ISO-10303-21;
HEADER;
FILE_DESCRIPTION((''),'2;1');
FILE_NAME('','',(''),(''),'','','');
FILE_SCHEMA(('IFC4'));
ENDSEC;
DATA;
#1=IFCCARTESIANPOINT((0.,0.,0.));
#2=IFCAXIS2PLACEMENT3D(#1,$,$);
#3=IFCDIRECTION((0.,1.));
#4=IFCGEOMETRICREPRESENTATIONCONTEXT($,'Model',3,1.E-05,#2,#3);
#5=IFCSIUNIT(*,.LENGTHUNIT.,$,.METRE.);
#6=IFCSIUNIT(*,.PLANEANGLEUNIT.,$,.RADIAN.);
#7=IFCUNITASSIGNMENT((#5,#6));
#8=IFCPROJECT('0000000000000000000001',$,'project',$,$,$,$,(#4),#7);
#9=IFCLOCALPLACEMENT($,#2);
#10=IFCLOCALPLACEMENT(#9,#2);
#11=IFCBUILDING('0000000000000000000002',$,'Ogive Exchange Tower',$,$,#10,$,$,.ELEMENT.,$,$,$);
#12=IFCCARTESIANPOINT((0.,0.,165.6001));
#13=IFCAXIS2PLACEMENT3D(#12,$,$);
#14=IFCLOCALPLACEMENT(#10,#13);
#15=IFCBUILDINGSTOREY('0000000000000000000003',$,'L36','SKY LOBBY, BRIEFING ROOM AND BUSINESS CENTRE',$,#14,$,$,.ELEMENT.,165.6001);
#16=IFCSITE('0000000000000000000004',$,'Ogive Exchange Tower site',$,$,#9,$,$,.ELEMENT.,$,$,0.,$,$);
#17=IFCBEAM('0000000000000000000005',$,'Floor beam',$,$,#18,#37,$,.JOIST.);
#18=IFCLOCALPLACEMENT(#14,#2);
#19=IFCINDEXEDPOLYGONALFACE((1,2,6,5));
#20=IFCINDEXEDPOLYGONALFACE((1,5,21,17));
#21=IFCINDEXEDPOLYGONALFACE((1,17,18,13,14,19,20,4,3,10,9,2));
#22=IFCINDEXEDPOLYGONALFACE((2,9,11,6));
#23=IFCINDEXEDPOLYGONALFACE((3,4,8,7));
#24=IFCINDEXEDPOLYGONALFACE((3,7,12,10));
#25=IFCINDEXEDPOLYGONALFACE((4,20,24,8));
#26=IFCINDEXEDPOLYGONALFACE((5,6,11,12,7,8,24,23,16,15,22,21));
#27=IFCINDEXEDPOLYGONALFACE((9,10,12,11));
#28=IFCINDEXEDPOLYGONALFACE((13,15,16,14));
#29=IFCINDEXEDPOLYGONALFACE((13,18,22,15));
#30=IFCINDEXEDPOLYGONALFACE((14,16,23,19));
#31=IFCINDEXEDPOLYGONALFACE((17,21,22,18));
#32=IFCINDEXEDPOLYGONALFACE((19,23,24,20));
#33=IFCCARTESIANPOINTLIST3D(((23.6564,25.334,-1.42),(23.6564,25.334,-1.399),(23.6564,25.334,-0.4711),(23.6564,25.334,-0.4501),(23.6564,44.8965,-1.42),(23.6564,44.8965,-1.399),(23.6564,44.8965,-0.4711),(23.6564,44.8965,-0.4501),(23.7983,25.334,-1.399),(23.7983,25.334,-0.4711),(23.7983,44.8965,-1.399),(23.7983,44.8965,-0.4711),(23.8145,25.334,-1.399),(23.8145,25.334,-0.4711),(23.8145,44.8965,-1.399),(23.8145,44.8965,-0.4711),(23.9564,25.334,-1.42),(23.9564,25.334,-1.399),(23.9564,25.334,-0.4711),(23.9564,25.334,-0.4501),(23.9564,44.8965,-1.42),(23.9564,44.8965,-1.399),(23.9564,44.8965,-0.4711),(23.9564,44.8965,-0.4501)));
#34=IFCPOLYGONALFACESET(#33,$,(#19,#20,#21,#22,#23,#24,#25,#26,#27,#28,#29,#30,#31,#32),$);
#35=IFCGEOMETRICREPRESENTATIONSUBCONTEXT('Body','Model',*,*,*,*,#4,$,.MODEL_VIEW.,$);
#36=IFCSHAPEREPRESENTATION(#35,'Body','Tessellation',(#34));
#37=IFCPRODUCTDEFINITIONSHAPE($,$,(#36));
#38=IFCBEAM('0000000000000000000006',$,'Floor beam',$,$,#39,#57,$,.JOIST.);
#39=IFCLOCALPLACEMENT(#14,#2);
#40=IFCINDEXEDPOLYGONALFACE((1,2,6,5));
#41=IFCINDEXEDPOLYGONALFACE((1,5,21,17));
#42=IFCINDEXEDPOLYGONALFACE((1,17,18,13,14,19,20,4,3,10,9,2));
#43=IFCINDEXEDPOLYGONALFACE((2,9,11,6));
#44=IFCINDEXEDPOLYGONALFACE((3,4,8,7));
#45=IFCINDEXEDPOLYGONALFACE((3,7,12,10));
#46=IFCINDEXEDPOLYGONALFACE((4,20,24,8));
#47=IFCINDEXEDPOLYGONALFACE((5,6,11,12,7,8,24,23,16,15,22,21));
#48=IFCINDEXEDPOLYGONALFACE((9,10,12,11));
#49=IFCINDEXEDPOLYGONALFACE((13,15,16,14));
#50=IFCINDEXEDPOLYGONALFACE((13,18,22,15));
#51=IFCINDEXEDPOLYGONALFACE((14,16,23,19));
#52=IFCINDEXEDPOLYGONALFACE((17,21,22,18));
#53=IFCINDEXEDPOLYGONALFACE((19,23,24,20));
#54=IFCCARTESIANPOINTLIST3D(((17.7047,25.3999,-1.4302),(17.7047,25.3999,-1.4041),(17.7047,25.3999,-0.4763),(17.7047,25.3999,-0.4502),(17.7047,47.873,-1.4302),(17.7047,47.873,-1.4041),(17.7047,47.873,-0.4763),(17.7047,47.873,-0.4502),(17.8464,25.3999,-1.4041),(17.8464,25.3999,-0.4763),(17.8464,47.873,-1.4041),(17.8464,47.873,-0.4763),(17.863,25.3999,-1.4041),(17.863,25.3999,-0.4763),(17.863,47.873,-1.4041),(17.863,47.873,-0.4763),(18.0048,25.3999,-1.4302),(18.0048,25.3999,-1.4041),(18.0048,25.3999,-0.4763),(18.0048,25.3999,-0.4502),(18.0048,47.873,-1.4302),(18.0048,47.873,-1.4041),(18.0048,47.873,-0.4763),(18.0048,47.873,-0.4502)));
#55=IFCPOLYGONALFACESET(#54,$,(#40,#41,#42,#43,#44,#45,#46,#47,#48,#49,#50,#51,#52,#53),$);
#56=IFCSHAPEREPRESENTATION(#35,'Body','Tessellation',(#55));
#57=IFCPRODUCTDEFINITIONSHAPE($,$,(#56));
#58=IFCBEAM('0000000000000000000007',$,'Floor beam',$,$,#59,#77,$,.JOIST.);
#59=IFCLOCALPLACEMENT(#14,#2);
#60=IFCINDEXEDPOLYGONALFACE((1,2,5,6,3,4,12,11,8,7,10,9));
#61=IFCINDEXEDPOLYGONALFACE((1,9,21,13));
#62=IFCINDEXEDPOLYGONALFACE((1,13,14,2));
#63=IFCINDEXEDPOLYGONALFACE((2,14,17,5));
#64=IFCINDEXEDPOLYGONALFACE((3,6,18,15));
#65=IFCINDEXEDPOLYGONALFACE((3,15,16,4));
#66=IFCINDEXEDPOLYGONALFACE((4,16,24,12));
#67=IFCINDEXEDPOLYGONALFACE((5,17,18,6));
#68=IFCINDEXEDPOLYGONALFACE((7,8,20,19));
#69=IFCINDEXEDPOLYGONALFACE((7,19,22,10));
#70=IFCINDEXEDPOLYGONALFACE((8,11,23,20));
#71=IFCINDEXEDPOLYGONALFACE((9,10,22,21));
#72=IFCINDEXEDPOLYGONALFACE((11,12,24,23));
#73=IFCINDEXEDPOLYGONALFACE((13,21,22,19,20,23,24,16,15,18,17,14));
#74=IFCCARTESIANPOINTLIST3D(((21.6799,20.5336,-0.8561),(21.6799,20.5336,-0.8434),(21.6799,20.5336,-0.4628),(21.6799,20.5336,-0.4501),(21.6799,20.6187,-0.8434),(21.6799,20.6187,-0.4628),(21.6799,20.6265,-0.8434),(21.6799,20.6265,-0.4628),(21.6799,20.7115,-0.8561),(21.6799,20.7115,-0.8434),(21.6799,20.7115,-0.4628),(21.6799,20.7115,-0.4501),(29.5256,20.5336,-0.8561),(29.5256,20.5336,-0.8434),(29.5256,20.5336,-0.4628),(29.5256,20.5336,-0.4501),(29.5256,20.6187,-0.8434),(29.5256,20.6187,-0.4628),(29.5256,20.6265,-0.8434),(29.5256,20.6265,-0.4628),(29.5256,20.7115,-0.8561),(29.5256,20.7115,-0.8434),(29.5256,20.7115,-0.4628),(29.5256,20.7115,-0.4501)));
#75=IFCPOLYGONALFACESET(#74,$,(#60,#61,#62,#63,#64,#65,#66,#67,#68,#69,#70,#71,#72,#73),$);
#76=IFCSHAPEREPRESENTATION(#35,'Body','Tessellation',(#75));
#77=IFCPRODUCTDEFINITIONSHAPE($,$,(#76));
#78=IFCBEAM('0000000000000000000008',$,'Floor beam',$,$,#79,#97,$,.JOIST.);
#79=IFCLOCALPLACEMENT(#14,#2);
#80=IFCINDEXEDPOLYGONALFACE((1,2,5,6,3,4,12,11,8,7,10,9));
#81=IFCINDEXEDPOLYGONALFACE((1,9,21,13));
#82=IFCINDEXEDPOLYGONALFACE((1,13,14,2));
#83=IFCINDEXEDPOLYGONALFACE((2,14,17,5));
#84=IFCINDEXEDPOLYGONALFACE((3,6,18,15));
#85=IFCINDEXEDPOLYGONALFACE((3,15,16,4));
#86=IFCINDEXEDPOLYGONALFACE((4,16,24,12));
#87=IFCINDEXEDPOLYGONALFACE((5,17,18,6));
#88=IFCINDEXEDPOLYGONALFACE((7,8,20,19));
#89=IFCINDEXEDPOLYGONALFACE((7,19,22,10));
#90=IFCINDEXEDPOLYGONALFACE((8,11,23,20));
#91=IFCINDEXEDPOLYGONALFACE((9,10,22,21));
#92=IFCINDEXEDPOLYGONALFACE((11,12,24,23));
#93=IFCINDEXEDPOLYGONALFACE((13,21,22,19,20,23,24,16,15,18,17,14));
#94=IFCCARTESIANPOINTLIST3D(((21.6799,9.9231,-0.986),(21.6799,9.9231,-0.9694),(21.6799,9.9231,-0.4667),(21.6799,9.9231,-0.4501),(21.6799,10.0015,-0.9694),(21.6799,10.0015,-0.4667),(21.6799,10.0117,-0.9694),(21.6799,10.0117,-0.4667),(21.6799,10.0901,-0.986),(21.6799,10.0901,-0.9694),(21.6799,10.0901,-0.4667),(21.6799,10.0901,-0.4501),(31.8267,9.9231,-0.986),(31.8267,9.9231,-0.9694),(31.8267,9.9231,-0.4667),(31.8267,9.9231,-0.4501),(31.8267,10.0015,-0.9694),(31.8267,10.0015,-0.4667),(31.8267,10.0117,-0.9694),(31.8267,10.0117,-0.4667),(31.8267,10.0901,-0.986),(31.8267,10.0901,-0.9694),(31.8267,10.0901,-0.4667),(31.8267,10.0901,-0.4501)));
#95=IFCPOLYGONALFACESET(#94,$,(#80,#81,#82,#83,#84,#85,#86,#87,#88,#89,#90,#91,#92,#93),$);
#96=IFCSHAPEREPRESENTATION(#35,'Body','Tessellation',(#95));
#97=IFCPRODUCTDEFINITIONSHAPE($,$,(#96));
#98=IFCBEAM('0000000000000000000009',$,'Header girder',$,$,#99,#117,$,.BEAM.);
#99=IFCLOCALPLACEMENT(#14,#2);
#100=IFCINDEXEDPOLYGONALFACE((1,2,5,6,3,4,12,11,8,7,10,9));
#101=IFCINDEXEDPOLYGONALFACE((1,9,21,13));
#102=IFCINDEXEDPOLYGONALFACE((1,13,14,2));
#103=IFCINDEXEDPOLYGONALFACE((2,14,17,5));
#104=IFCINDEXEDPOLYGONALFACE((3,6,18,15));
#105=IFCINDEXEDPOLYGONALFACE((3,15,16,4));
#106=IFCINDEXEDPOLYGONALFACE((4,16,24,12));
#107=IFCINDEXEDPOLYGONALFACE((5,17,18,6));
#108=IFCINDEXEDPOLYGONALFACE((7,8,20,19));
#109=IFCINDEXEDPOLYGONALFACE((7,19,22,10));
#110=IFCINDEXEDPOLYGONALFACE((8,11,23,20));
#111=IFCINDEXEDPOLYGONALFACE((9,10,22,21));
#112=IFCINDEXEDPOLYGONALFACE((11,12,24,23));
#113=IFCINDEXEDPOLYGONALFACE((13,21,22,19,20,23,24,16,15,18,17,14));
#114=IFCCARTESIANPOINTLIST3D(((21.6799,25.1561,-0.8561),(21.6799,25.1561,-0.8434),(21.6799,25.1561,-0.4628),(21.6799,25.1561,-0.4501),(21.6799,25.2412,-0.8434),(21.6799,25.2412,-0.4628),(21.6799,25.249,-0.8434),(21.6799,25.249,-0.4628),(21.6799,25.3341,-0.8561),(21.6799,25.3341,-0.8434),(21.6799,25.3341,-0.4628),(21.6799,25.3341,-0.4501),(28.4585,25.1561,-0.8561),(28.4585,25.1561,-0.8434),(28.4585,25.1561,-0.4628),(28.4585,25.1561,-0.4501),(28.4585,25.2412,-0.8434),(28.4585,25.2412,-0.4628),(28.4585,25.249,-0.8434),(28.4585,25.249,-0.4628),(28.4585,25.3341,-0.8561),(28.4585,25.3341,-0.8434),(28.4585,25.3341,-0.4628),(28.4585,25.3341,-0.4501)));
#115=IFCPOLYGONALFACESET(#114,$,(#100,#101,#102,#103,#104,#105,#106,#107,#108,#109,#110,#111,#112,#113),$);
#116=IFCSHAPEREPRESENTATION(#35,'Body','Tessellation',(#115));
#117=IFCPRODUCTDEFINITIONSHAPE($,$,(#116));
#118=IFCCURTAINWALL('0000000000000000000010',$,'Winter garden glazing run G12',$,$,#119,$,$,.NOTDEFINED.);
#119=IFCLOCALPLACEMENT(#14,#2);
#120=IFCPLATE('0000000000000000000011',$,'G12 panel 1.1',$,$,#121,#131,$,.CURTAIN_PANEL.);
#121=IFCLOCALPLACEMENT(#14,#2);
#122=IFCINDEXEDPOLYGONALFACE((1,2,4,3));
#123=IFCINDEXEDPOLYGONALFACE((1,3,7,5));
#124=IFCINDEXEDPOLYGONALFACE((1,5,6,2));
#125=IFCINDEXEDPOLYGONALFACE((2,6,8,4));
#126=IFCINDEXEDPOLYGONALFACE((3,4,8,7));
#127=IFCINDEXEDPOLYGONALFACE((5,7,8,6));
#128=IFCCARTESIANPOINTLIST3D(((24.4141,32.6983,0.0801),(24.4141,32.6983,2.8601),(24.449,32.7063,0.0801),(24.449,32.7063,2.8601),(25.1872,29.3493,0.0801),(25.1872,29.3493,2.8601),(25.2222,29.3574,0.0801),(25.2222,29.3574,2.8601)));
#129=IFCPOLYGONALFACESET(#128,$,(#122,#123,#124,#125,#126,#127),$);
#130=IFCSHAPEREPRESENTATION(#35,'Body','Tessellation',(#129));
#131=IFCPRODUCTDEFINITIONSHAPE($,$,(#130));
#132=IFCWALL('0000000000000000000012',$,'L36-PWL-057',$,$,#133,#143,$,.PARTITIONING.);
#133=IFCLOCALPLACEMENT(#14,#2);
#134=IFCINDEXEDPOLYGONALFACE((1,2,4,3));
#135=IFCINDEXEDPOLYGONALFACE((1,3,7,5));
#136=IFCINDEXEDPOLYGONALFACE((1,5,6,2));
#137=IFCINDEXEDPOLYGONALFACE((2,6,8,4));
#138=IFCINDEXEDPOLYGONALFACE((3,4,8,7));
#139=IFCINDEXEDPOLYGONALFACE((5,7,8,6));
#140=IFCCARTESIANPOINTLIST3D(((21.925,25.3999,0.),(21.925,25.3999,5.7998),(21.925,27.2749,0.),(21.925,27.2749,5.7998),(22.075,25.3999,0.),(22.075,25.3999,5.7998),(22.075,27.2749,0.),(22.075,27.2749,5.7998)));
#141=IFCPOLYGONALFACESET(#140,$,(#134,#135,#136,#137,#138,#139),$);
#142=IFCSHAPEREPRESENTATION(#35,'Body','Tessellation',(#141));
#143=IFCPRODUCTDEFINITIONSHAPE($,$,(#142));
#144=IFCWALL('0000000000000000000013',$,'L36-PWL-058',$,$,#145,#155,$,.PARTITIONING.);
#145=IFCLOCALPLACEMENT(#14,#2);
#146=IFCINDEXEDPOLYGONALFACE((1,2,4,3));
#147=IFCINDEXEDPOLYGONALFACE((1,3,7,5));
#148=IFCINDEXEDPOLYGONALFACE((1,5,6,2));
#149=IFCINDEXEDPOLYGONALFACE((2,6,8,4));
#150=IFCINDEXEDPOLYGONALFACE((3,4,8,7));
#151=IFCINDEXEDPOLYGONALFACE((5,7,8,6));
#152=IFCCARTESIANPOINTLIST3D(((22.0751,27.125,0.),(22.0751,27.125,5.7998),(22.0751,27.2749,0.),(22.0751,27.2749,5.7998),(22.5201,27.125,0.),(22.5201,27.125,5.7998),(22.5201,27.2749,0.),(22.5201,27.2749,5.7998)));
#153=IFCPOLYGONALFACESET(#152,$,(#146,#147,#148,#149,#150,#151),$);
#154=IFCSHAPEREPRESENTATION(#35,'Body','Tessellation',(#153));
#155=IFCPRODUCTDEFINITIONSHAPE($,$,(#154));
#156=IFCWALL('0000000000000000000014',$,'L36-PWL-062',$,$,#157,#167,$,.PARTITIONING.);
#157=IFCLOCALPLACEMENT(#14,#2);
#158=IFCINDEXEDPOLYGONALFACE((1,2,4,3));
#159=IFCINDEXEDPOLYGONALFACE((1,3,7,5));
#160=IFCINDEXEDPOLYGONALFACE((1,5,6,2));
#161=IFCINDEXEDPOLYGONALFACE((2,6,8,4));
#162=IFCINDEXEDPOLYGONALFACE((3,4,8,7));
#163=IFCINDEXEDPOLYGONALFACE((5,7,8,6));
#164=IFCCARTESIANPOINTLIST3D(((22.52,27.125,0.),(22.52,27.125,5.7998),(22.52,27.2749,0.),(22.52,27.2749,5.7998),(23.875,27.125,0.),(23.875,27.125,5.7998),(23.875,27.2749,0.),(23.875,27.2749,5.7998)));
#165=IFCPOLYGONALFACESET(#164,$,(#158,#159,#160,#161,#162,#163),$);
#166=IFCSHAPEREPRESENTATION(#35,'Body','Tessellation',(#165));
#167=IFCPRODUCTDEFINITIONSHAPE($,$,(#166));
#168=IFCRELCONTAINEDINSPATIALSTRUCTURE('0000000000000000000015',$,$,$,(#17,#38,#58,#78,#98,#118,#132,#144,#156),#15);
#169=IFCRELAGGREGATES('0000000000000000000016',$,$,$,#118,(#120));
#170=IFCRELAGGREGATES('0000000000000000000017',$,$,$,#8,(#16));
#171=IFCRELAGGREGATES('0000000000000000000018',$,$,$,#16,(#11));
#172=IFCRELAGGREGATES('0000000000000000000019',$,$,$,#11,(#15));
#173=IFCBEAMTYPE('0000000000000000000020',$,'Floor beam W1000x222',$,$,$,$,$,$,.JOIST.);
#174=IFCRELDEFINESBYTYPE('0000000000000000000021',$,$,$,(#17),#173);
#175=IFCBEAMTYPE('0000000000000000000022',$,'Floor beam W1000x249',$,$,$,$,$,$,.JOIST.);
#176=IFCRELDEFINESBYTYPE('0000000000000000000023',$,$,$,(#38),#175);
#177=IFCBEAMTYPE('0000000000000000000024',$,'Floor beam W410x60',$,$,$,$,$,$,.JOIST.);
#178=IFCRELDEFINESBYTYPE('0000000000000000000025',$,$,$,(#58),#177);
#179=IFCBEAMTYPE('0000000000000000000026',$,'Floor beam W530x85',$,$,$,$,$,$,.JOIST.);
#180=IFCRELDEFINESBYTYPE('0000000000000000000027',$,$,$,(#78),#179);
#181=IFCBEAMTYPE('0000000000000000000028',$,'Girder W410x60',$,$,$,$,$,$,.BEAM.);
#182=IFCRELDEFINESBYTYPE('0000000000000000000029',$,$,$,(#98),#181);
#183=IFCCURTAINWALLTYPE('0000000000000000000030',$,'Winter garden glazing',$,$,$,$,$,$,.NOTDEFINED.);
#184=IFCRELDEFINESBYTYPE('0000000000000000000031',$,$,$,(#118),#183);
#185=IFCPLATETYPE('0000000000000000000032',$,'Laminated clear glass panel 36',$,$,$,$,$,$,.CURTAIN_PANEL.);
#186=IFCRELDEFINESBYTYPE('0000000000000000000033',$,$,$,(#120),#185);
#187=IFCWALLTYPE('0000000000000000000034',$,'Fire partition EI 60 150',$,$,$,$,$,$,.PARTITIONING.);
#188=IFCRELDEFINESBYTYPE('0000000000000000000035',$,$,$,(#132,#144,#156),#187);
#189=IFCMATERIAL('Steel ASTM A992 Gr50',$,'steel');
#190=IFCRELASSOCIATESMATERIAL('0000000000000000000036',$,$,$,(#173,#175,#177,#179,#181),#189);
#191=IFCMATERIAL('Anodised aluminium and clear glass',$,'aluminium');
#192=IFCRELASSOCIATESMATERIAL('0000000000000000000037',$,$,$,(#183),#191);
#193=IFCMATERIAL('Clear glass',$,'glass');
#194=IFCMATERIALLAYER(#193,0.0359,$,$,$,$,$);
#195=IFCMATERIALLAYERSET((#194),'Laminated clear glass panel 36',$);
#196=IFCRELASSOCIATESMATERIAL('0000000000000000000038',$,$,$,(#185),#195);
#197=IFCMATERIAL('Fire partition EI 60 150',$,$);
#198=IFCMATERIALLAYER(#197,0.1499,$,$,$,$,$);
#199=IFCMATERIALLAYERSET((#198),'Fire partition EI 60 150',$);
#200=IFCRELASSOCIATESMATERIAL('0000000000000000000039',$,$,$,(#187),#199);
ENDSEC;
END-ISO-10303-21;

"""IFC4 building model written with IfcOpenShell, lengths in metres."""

from ifc_helpers import new_model, si_unit, direction, frame, frame_2d, origin, origin_2d, place, context, subcontext, project, spatial, rectangle, i_section, extrude, material, layer, layer_set, material_profile, profile_set, type_object, element, aggregate, save


model = new_model("IFC4")

# Units and contexts
model_context = context("Model", 3, precision=1e-05, world=origin(), true_north=direction((0.0, 1.0)))
body_context = subcontext(model_context, "Body", "Model", "MODEL_VIEW")
ifc_project = project(units=[si_unit("LENGTHUNIT", "METRE"), si_unit("PLANEANGLEUNIT", "RADIAN")], contexts=[model_context])

# Site, building, storey
site_placement = place(None, origin())
site = spatial("IfcSite", under=ifc_project, at=site_placement, Name="Ogive Exchange Tower site", CompositionType="ELEMENT", RefElevation=0.0)
building_placement = place(site_placement, origin())
building = spatial("IfcBuilding", under=site, at=building_placement, Name="Ogive Exchange Tower", CompositionType="ELEMENT")
storey_placement = place(building_placement, frame((0.0, 0.0, 165.6001)))
storey = spatial("IfcBuildingStorey", under=building, at=storey_placement, Name="L36", Description="SKY LOBBY, BRIEFING ROOM AND BUSINESS CENTRE", CompositionType="ELEMENT", Elevation=165.6001)

# Beams
ifc_material_1 = material(Name="Steel ASTM A992 Gr50", Category="steel")
ifc_material_profile_1 = material_profile(ifc_material_1, i_section(OverallWidth=0.3, OverallDepth=0.97, WebThickness=0.0161, FlangeThickness=0.021, at=origin_2d()), Name="W1000x222")
ifc_profile_set_1 = profile_set([ifc_material_profile_1], Name="Steel ASTM A992 Gr50")
beam_type_1 = type_object("IfcBeamType", Name="Floor beam W1000x222", PredefinedType="JOIST", material=ifc_profile_set_1)
beam_1_placement = place(storey_placement, frame((23.8064, 25.334, -0.9351), z_axis=(0.0, 1.0, 0.0), x_axis=(-1.0, 0.0, 0.0)))
element("IfcBeam", 1, at=beam_1_placement, inside=storey, type_object=beam_type_1, Name="Floor beam", PredefinedType="JOIST", context=body_context, shape_type="SweptSolid", body=[
    extrude(i_section(OverallWidth=0.3, OverallDepth=0.97, WebThickness=0.0161, FlangeThickness=0.021, at=origin_2d()), origin(), (0.0, 0.0, 1.0), 19.5625),
])
ifc_material_profile_2 = material_profile(ifc_material_1, i_section(OverallWidth=0.3, OverallDepth=0.98, WebThickness=0.0166, FlangeThickness=0.0261, at=origin_2d()), Name="W1000x249")
ifc_profile_set_2 = profile_set([ifc_material_profile_2], Name="Steel ASTM A992 Gr50")
beam_type_2 = type_object("IfcBeamType", Name="Floor beam W1000x249", PredefinedType="JOIST", material=ifc_profile_set_2)
beam_2_placement = place(storey_placement, frame((17.8547, 25.3999, -0.9402), z_axis=(0.0, 1.0, 0.0), x_axis=(-1.0, 0.0, 0.0)))
element("IfcBeam", 2, at=beam_2_placement, inside=storey, type_object=beam_type_2, Name="Floor beam", PredefinedType="JOIST", context=body_context, shape_type="SweptSolid", body=[
    extrude(i_section(OverallWidth=0.3, OverallDepth=0.98, WebThickness=0.0166, FlangeThickness=0.0261, at=origin_2d()), origin(), (0.0, 0.0, 1.0), 22.4731),
])
ifc_material_profile_3 = material_profile(ifc_material_1, i_section(OverallWidth=0.178, OverallDepth=0.406, WebThickness=0.0078, FlangeThickness=0.0127, at=origin_2d()), Name="W410x60")
ifc_profile_set_3 = profile_set([ifc_material_profile_3], Name="Steel ASTM A992 Gr50")
beam_type_3 = type_object("IfcBeamType", Name="Floor beam W410x60", PredefinedType="JOIST", material=ifc_profile_set_3)
beam_3_placement = place(storey_placement, frame((21.6799, 20.6226, -0.6531), z_axis=(1.0, 0.0, 0.0), x_axis=(0.0, 1.0, 0.0)))
element("IfcBeam", 3, at=beam_3_placement, inside=storey, type_object=beam_type_3, Name="Floor beam", PredefinedType="JOIST", context=body_context, shape_type="SweptSolid", body=[
    extrude(i_section(OverallWidth=0.178, OverallDepth=0.406, WebThickness=0.0078, FlangeThickness=0.0127, at=origin_2d()), origin(), (0.0, 0.0, 1.0), 7.8457),
])
ifc_material_profile_4 = material_profile(ifc_material_1, i_section(OverallWidth=0.167, OverallDepth=0.5359, WebThickness=0.0103, FlangeThickness=0.0166, at=origin_2d()), Name="W530x85")
ifc_profile_set_4 = profile_set([ifc_material_profile_4], Name="Steel ASTM A992 Gr50")
beam_type_4 = type_object("IfcBeamType", Name="Floor beam W530x85", PredefinedType="JOIST", material=ifc_profile_set_4)
beam_4_placement = place(storey_placement, frame((21.6799, 10.0066, -0.718), z_axis=(1.0, 0.0, 0.0), x_axis=(0.0, 1.0, 0.0)))
element("IfcBeam", 4, at=beam_4_placement, inside=storey, type_object=beam_type_4, Name="Floor beam", PredefinedType="JOIST", context=body_context, shape_type="SweptSolid", body=[
    extrude(i_section(OverallWidth=0.167, OverallDepth=0.5359, WebThickness=0.0103, FlangeThickness=0.0166, at=origin_2d()), origin(), (0.0, 0.0, 1.0), 10.1467),
])
ifc_material_profile_5 = material_profile(ifc_material_1, i_section(OverallWidth=0.178, OverallDepth=0.406, WebThickness=0.0078, FlangeThickness=0.0127, at=origin_2d()), Name="W410x60")
ifc_profile_set_5 = profile_set([ifc_material_profile_5], Name="Steel ASTM A992 Gr50")
beam_type_5 = type_object("IfcBeamType", Name="Girder W410x60", PredefinedType="BEAM", material=ifc_profile_set_5)
beam_5_placement = place(storey_placement, frame((21.6799, 25.2451, -0.6531), z_axis=(1.0, 0.0, 0.0), x_axis=(0.0, 1.0, 0.0)))
element("IfcBeam", 5, at=beam_5_placement, inside=storey, type_object=beam_type_5, Name="Header girder", PredefinedType="BEAM", context=body_context, shape_type="SweptSolid", body=[
    extrude(i_section(OverallWidth=0.178, OverallDepth=0.406, WebThickness=0.0078, FlangeThickness=0.0127, at=origin_2d()), origin(), (0.0, 0.0, 1.0), 6.7786),
])

# Curtain wall, plate
ifc_material_2 = material(Name="Anodised aluminium and clear glass", Category="aluminium")
curtain_wall_type = type_object("IfcCurtainWallType", Name="Winter garden glazing", PredefinedType="NOTDEFINED", material=ifc_material_2)
curtain_wall_placement = place(storey_placement, origin())
curtain_wall = element("IfcCurtainWall", 6, at=curtain_wall_placement, inside=storey, type_object=curtain_wall_type, Name="Winter garden glazing run G12", PredefinedType="NOTDEFINED")
ifc_material_3 = material(Name="Clear glass", Category="glass")
ifc_layer_1 = layer(ifc_material_3, 0.0359)
ifc_layer_set_1 = layer_set([ifc_layer_1], Name="Laminated clear glass panel 36")
plate_type = type_object("IfcPlateType", Name="Laminated clear glass panel 36", PredefinedType="CURTAIN_PANEL", material=ifc_layer_set_1)
plate_placement = place(storey_placement, frame((24.8181, 31.0278, 0.0801), z_axis=(0.0, 0.0, 1.0), x_axis=(-0.224944, 0.974372, 0.0)))
plate = element("IfcPlate", 7, at=plate_placement, type_object=plate_type, Name="G12 panel 1.1", PredefinedType="CURTAIN_PANEL", context=body_context, shape_type="SweptSolid", body=[
    extrude(rectangle(XDim=3.437, YDim=0.0359, at=origin_2d()), origin(), (0.0, 0.0, 1.0), 2.78),
])
aggregate(curtain_wall, [plate])

# Walls
ifc_material_4 = material(Name="Fire partition EI 60 150")
ifc_layer_2 = layer(ifc_material_4, 0.1499)
ifc_layer_set_2 = layer_set([ifc_layer_2], Name="Fire partition EI 60 150")
wall_type_1 = type_object("IfcWallType", Name="Fire partition EI 60 150", PredefinedType="PARTITIONING", material=ifc_layer_set_2)
wall_1_placement = place(storey_placement, frame((22.0, 25.3999, 0.0), z_axis=(0.0, 0.0, 1.0), x_axis=(0.0, 1.0, 0.0)))
element("IfcWall", 8, at=wall_1_placement, inside=storey, type_object=wall_type_1, Name="L36-PWL-057", PredefinedType="PARTITIONING", context=body_context, shape_type="SweptSolid", body=[
    extrude(rectangle(XDim=1.875, YDim=0.1499, at=frame_2d((0.9375, 0.0))), origin(), (0.0, 0.0, 1.0), 5.7998),
])
wall_2_placement = place(storey_placement, frame((22.075, 27.2, 0.0), z_axis=(0.0, 0.0, 1.0), x_axis=(1.0, 0.0, 0.0)))
element("IfcWall", 9, at=wall_2_placement, inside=storey, type_object=wall_type_1, Name="L36-PWL-058", PredefinedType="PARTITIONING", context=body_context, shape_type="SweptSolid", body=[
    extrude(rectangle(XDim=0.4451, YDim=0.1499, at=frame_2d((0.2227, 0.0))), origin(), (0.0, 0.0, 1.0), 5.7998),
])
wall_3_placement = place(storey_placement, frame((22.52, 27.2, 0.0), z_axis=(0.0, 0.0, 1.0), x_axis=(1.0, 0.0, 0.0)))
element("IfcWall", 10, at=wall_3_placement, inside=storey, type_object=wall_type_1, Name="L36-PWL-062", PredefinedType="PARTITIONING", context=body_context, shape_type="SweptSolid", body=[
    extrude(rectangle(XDim=1.355, YDim=0.1499, at=frame_2d((0.6775, 0.0))), origin(), (0.0, 0.0, 1.0), 5.7998),
])

save(model, "model.ifc")
